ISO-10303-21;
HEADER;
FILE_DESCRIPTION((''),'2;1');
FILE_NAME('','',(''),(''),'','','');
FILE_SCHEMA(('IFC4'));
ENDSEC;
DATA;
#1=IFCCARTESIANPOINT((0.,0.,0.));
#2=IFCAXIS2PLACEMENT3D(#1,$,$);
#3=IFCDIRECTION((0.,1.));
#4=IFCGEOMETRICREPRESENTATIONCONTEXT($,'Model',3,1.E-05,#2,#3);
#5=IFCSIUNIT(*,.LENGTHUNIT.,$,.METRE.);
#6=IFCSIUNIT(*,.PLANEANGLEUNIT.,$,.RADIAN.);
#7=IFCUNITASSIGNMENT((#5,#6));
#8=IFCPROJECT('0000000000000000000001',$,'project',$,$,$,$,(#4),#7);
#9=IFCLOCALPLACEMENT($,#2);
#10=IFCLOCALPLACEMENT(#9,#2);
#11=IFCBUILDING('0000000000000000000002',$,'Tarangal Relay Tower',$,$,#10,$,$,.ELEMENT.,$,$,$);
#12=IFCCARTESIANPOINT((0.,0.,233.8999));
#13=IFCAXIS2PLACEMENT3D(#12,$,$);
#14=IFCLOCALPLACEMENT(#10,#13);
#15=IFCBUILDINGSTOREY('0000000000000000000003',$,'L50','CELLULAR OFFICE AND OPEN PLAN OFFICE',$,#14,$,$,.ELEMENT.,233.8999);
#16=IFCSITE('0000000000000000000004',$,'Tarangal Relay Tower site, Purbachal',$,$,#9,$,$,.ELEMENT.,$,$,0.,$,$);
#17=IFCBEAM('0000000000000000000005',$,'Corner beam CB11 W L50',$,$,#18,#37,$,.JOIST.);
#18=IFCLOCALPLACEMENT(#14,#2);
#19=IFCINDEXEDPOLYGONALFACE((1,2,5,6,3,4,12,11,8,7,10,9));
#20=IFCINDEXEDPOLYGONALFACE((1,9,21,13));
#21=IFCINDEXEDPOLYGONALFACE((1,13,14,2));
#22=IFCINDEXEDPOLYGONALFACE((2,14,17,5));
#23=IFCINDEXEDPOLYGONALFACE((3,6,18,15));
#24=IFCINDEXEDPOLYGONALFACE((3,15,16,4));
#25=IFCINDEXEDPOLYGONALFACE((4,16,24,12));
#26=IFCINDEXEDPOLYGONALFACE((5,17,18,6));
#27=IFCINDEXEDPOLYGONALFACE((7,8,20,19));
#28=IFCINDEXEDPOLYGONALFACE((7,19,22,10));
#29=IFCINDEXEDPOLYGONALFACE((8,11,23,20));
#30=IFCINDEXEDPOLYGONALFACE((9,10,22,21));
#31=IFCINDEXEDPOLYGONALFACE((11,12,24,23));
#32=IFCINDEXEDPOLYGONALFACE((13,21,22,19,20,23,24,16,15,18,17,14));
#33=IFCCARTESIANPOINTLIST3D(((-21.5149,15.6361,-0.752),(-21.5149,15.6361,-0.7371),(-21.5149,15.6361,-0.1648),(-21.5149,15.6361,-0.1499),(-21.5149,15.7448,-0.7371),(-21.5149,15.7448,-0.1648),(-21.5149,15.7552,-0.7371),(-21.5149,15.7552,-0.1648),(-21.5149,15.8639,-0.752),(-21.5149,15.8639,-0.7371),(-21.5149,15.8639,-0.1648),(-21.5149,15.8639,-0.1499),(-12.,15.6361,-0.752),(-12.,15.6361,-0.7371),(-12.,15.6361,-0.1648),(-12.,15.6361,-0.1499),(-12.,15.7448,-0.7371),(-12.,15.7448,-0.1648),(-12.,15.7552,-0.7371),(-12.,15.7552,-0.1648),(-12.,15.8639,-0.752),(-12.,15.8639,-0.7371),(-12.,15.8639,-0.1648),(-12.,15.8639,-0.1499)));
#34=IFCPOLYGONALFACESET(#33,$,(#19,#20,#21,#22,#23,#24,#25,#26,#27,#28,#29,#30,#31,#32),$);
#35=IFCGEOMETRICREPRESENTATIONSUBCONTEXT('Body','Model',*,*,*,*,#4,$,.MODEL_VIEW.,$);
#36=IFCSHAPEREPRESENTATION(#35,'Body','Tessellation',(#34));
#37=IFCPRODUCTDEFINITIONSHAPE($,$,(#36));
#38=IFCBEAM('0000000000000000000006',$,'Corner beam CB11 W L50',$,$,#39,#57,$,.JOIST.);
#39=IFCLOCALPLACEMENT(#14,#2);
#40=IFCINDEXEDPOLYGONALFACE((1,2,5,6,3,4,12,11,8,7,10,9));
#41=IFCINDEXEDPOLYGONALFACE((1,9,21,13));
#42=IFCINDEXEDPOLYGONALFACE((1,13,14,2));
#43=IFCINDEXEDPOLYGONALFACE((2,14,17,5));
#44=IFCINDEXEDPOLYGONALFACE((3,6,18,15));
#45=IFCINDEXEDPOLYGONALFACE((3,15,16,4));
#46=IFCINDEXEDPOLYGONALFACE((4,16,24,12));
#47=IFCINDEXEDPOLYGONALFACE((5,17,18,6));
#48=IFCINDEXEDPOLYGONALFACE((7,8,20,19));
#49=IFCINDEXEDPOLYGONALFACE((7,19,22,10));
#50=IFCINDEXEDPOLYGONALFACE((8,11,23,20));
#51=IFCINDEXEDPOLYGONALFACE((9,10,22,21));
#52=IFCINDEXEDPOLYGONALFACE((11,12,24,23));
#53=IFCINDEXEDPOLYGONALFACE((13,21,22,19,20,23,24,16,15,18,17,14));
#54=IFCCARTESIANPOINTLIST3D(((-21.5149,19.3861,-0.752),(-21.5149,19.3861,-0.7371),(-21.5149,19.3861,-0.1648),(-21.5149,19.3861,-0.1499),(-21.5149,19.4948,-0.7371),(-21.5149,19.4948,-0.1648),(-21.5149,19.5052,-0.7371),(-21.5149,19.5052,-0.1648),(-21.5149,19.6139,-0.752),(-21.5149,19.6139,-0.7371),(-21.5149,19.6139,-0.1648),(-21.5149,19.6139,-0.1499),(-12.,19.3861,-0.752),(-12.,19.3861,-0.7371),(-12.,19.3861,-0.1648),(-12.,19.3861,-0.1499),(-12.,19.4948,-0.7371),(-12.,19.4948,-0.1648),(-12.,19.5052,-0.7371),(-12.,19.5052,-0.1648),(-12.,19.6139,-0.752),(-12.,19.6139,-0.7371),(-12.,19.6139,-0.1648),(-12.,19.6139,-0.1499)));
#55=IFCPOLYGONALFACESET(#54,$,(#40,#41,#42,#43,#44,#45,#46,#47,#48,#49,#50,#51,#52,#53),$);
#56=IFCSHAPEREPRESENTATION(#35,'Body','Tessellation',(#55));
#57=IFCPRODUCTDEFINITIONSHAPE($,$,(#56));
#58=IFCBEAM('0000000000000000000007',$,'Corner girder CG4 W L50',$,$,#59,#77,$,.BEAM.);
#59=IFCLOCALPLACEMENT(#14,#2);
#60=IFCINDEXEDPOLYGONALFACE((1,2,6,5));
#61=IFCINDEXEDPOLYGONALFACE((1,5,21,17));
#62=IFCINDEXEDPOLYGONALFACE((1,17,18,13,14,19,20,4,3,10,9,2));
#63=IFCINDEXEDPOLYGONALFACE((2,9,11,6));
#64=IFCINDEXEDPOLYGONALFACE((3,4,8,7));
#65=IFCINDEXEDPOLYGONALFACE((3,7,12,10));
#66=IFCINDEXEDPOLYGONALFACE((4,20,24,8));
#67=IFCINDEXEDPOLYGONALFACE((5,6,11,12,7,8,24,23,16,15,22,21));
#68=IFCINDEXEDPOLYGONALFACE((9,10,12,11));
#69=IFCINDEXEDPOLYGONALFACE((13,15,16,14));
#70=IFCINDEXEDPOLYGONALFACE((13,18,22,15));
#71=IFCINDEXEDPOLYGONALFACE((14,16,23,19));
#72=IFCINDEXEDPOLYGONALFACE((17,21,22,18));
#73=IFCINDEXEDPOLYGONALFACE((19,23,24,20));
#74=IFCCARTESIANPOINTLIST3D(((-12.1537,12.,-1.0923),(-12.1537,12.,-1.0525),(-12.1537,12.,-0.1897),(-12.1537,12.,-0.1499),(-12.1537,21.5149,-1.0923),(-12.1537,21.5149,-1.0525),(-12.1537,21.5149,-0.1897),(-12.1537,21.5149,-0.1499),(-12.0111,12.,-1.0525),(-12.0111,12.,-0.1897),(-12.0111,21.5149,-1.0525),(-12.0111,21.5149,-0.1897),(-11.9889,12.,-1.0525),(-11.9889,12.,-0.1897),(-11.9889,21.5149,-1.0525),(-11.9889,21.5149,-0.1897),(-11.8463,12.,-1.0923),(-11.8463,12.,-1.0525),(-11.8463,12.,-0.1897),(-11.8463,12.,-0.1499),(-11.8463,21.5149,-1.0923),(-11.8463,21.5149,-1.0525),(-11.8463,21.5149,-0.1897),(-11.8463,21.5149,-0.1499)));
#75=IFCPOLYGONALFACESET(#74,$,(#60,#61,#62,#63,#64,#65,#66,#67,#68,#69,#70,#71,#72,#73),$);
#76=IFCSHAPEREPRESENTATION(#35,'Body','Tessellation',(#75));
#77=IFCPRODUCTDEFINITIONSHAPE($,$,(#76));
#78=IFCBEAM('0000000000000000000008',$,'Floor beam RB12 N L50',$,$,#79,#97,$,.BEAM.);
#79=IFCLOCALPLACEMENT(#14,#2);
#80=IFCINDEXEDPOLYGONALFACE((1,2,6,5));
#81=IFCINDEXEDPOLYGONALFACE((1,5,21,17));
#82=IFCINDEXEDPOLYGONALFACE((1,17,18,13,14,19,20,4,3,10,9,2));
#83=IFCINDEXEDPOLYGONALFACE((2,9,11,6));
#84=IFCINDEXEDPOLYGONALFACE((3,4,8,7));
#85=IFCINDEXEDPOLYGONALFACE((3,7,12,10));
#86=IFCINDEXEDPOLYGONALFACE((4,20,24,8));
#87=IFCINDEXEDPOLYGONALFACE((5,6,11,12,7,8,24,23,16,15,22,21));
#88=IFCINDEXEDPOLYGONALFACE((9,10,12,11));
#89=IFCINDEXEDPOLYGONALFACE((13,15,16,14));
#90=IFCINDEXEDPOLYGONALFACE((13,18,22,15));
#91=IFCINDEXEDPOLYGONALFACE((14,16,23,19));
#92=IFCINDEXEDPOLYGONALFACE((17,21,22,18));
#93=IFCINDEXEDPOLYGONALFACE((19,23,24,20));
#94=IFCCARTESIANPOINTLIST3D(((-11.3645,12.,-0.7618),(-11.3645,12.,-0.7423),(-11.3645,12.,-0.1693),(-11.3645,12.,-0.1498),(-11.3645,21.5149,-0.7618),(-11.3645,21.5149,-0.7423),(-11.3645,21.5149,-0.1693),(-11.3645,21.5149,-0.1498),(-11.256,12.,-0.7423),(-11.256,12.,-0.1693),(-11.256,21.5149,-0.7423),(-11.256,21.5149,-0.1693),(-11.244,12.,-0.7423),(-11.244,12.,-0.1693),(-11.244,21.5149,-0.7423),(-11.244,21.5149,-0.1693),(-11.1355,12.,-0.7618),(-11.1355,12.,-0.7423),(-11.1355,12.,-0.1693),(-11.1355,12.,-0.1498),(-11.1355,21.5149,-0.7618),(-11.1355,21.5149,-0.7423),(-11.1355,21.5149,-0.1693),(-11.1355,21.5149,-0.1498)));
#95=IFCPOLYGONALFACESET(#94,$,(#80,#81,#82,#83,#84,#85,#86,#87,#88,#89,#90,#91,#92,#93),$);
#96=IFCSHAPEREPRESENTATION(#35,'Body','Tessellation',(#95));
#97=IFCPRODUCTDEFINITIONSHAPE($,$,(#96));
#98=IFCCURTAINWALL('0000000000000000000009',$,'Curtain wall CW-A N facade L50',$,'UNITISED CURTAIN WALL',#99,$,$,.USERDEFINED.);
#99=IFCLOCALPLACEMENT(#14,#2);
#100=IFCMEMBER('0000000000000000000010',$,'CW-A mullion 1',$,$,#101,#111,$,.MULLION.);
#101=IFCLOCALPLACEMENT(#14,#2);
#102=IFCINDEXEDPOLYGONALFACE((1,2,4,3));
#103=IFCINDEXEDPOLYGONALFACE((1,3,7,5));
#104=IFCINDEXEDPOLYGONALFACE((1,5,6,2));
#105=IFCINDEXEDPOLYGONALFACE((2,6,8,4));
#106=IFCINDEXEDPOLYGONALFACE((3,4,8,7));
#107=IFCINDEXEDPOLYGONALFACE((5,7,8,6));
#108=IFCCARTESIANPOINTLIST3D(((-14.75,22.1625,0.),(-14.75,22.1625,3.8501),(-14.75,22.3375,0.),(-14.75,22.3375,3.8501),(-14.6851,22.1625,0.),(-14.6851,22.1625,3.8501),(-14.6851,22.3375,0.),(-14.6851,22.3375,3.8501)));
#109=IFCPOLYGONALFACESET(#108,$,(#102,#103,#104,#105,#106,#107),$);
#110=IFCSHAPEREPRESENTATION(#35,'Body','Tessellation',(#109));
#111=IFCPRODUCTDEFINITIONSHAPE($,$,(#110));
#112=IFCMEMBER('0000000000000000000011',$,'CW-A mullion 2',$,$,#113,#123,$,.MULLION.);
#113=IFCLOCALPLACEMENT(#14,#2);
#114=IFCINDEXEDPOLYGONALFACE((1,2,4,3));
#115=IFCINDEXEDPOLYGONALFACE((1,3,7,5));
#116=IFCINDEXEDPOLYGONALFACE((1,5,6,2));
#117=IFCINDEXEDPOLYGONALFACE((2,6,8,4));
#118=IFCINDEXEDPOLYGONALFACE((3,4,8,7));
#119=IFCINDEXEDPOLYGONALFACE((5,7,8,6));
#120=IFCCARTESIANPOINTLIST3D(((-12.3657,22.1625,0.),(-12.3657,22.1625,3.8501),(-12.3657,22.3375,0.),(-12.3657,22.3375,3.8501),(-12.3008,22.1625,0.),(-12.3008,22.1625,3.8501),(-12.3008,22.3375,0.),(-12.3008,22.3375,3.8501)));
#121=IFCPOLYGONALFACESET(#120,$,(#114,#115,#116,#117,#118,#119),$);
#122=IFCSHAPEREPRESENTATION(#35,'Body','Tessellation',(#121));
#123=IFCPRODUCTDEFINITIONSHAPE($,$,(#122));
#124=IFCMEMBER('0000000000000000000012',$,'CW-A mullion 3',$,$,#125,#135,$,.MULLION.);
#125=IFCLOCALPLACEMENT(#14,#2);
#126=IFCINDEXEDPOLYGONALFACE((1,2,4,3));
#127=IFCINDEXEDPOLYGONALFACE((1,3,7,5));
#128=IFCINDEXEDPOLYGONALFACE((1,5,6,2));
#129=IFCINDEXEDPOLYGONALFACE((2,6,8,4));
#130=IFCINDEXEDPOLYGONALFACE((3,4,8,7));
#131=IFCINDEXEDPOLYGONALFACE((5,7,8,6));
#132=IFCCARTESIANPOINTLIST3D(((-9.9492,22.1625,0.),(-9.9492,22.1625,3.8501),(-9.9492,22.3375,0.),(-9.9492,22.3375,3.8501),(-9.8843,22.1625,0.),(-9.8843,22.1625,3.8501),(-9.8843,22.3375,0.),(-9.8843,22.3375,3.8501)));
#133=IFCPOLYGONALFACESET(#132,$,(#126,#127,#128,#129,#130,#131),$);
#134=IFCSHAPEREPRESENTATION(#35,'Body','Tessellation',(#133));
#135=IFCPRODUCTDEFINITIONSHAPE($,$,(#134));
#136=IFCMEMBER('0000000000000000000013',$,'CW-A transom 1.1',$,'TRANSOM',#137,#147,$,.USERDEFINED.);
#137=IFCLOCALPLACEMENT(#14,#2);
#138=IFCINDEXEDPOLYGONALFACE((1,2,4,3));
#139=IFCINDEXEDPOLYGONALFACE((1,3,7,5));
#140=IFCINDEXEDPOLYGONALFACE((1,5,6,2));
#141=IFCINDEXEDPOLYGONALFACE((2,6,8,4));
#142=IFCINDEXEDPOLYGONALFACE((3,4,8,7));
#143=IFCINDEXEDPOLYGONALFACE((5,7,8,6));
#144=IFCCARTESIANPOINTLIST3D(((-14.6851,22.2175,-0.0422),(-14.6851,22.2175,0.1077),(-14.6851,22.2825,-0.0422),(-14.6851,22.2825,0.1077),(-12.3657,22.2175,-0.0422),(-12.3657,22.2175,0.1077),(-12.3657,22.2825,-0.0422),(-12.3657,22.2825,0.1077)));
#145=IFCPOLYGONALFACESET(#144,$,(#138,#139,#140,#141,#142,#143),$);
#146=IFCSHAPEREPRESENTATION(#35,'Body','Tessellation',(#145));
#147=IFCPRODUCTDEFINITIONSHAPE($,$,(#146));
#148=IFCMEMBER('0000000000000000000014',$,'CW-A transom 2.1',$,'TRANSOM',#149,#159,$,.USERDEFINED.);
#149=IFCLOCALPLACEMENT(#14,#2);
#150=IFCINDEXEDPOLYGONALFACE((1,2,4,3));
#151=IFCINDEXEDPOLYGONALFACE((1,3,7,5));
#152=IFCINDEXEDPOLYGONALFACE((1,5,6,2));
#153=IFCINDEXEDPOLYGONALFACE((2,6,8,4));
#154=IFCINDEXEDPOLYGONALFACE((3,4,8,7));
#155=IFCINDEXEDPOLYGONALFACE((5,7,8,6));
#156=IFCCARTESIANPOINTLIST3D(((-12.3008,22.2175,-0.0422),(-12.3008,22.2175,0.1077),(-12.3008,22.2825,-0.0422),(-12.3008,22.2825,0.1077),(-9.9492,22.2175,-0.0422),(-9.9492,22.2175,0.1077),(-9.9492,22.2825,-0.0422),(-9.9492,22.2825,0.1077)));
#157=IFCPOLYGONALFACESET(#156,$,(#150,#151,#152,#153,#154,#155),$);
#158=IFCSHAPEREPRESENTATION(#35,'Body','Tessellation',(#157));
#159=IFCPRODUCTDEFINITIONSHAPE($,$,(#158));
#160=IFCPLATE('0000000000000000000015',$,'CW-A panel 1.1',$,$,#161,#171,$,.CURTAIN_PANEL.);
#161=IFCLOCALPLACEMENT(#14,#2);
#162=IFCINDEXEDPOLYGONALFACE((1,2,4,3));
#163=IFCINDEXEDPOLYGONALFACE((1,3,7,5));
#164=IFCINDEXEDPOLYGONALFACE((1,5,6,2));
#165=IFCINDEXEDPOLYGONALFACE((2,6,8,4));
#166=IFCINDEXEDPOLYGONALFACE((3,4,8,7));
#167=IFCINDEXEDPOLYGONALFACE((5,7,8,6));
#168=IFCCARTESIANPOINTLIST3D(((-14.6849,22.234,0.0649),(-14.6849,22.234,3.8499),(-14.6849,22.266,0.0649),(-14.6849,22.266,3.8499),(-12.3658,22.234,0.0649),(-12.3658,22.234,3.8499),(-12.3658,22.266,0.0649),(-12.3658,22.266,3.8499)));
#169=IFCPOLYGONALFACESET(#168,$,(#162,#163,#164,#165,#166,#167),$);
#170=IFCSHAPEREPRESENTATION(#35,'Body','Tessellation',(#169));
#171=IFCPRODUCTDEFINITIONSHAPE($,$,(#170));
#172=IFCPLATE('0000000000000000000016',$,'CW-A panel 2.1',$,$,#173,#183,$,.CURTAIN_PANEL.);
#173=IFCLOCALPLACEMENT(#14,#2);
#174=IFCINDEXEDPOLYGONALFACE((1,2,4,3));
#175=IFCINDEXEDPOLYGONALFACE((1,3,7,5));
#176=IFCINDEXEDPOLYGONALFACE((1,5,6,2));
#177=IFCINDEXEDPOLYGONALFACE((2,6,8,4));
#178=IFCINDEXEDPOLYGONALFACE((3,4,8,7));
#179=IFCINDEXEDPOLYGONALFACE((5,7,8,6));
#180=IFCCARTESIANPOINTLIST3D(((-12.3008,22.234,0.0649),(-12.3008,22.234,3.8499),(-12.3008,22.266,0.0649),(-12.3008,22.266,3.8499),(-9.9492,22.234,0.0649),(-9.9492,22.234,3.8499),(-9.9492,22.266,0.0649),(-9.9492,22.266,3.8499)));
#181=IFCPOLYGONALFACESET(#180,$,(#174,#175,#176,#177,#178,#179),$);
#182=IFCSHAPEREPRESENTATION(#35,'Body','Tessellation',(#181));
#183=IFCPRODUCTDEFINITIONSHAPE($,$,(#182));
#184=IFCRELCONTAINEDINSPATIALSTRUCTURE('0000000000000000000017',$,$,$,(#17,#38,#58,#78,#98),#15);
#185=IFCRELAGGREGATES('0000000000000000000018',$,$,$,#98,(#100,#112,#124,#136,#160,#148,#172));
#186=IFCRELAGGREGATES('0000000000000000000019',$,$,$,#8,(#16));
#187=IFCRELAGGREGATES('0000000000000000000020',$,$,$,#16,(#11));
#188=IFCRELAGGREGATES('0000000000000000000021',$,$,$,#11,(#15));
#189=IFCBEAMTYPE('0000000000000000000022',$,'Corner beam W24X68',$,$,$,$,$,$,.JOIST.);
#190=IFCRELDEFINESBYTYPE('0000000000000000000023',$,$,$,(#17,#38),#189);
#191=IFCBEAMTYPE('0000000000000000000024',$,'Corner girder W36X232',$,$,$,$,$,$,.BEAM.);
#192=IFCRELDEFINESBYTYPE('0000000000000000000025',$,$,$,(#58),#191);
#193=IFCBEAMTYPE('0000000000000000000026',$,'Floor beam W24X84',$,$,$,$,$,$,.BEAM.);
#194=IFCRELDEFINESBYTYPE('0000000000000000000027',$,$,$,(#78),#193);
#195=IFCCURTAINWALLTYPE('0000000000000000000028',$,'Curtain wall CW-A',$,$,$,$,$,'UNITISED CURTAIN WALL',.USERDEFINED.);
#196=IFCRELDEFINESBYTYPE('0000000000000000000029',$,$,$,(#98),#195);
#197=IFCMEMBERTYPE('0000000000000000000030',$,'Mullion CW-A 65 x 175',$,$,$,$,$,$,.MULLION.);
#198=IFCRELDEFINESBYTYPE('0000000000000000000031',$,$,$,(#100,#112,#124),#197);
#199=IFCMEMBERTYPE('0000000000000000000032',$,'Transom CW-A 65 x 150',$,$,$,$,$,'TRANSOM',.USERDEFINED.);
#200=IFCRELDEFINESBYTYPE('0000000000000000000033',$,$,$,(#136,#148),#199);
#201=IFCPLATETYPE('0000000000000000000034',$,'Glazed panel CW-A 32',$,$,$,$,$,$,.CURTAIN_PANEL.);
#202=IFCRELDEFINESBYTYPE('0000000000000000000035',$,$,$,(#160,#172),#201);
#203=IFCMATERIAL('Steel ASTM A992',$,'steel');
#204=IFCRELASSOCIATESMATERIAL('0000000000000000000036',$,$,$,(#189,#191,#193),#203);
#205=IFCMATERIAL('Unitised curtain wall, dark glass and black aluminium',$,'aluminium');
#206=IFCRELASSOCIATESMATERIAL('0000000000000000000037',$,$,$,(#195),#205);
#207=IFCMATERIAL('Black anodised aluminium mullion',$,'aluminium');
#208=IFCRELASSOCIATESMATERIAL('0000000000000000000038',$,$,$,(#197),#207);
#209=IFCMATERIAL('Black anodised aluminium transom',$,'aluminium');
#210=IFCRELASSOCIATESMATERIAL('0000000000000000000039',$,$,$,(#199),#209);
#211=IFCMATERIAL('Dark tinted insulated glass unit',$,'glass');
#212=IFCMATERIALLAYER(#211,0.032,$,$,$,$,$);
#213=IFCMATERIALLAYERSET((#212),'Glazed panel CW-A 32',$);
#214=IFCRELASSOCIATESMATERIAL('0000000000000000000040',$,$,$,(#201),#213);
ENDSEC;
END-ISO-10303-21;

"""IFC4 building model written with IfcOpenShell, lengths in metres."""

from ifc_helpers import new_model, si_unit, direction, frame, origin, origin_2d, place, context, subcontext, project, spatial, rectangle, i_section, extrude, material, layer, layer_set, material_profile, profile_set, type_object, element, aggregate, save


model = new_model("IFC4")

# Units and contexts
model_context = context("Model", 3, precision=1e-05, world=origin(), true_north=direction((0.0, 1.0)))
body_context = subcontext(model_context, "Body", "Model", "MODEL_VIEW")
ifc_project = project(units=[si_unit("LENGTHUNIT", "METRE"), si_unit("PLANEANGLEUNIT", "RADIAN")], contexts=[model_context])

# Site, building, storey
site_placement = place(None, origin())
site = spatial("IfcSite", under=ifc_project, at=site_placement, Name="Tarangal Relay Tower site, Purbachal", CompositionType="ELEMENT", RefElevation=0.0)
building_placement = place(site_placement, origin())
building = spatial("IfcBuilding", under=site, at=building_placement, Name="Tarangal Relay Tower", CompositionType="ELEMENT")
storey_placement = place(building_placement, frame((0.0, 0.0, 233.8999)))
storey = spatial("IfcBuildingStorey", under=building, at=storey_placement, Name="L50", Description="CELLULAR OFFICE AND OPEN PLAN OFFICE", CompositionType="ELEMENT", Elevation=233.8999)

# Beams
ifc_material_1 = material(Name="Steel ASTM A992", Category="steel")
ifc_material_profile_1 = material_profile(ifc_material_1, i_section(OverallWidth=0.2278, OverallDepth=0.6021, WebThickness=0.0105, FlangeThickness=0.0149, at=origin_2d()), Name="W24X68")
ifc_profile_set_1 = profile_set([ifc_material_profile_1], Name="Steel ASTM A992")
beam_type_1 = type_object("IfcBeamType", Name="Corner beam W24X68", PredefinedType="JOIST", material=ifc_profile_set_1)
for number, where, z_axis, x_axis, name in (
    (1, (-12.0, 15.75, -0.4509), (-1.0, 0.0, 0.0), (0.0, -1.0, 0.0), "Corner beam CB11 W L50"),
    (2, (-12.0, 19.5, -0.4509), (-1.0, 0.0, 0.0), (0.0, -1.0, 0.0), "Corner beam CB11 W L50"),
):
    element("IfcBeam", number, at=place(storey_placement, frame(where, z_axis=z_axis, x_axis=x_axis)), inside=storey, type_object=beam_type_1, Name=name, PredefinedType="JOIST", context=body_context, shape_type="SweptSolid", body=[
        extrude(i_section(OverallWidth=0.2278, OverallDepth=0.6021, WebThickness=0.0105, FlangeThickness=0.0149, at=origin_2d()), origin(), (0.0, 0.0, 1.0), 9.5149),
    ])
ifc_material_profile_2 = material_profile(ifc_material_1, i_section(OverallWidth=0.3074, OverallDepth=0.9424, WebThickness=0.0222, FlangeThickness=0.0398, at=origin_2d()), Name="W36X232")
ifc_profile_set_2 = profile_set([ifc_material_profile_2], Name="Steel ASTM A992")
beam_type_2 = type_object("IfcBeamType", Name="Corner girder W36X232", PredefinedType="BEAM", material=ifc_profile_set_2)
beam_1_placement = place(storey_placement, frame((-12.0, 12.0, -0.6211), z_axis=(0.0, 1.0, 0.0), x_axis=(-1.0, 0.0, 0.0)))
element("IfcBeam", 3, at=beam_1_placement, inside=storey, type_object=beam_type_2, Name="Corner girder CG4 W L50", PredefinedType="BEAM", context=body_context, shape_type="SweptSolid", body=[
    extrude(i_section(OverallWidth=0.3074, OverallDepth=0.9424, WebThickness=0.0222, FlangeThickness=0.0398, at=origin_2d()), origin(), (0.0, 0.0, 1.0), 9.5149),
])
ifc_material_profile_3 = material_profile(ifc_material_1, i_section(OverallWidth=0.229, OverallDepth=0.6121, WebThickness=0.012, FlangeThickness=0.0195, at=origin_2d()), Name="W24X84")
ifc_profile_set_3 = profile_set([ifc_material_profile_3], Name="Steel ASTM A992")
beam_type_3 = type_object("IfcBeamType", Name="Floor beam W24X84", PredefinedType="BEAM", material=ifc_profile_set_3)
beam_2_placement = place(storey_placement, frame((-11.25, 12.0, -0.4558), z_axis=(0.0, 1.0, 0.0), x_axis=(-1.0, 0.0, 0.0)))
element("IfcBeam", 4, at=beam_2_placement, inside=storey, type_object=beam_type_3, Name="Floor beam RB12 N L50", PredefinedType="BEAM", context=body_context, shape_type="SweptSolid", body=[
    extrude(i_section(OverallWidth=0.229, OverallDepth=0.6121, WebThickness=0.012, FlangeThickness=0.0195, at=origin_2d()), origin(), (0.0, 0.0, 1.0), 9.5149),
])

# Curtain wall, members, plates
ifc_material_2 = material(Name="Unitised curtain wall, dark glass and black aluminium", Category="aluminium")
curtain_wall_type = type_object("IfcCurtainWallType", Name="Curtain wall CW-A", ElementType="UNITISED CURTAIN WALL", PredefinedType="USERDEFINED", material=ifc_material_2)
curtain_wall_placement = place(storey_placement, origin())
curtain_wall = element("IfcCurtainWall", 5, at=curtain_wall_placement, inside=storey, type_object=curtain_wall_type, Name="Curtain wall CW-A N facade L50", ObjectType="UNITISED CURTAIN WALL", PredefinedType="USERDEFINED")
ifc_material_3 = material(Name="Black anodised aluminium mullion", Category="aluminium")
ifc_material_profile_4 = material_profile(ifc_material_3, rectangle(XDim=0.175, YDim=0.0649, at=origin_2d()), Name="CW-AM 65X175")
ifc_profile_set_4 = profile_set([ifc_material_profile_4], Name="Black anodised aluminium mullion")
member_type_1 = type_object("IfcMemberType", Name="Mullion CW-A 65 x 175", PredefinedType="MULLION", material=ifc_profile_set_4)
member_1_placement = place(storey_placement, frame((-14.7175, 22.25, 0.0), z_axis=(0.0, 0.0, 1.0), x_axis=(0.0, 1.0, 0.0)))
member_1 = element("IfcMember", 6, at=member_1_placement, type_object=member_type_1, Name="CW-A mullion 1", PredefinedType="MULLION", context=body_context, shape_type="SweptSolid", body=[
    extrude(rectangle(XDim=0.175, YDim=0.0649, at=origin_2d()), origin(), (0.0, 0.0, 1.0), 3.8501),
])
member_2_placement = place(storey_placement, frame((-12.3333, 22.25, 0.0), z_axis=(0.0, 0.0, 1.0), x_axis=(0.0, 1.0, 0.0)))
member_2 = element("IfcMember", 7, at=member_2_placement, type_object=member_type_1, Name="CW-A mullion 2", PredefinedType="MULLION", context=body_context, shape_type="SweptSolid", body=[
    extrude(rectangle(XDim=0.175, YDim=0.0649, at=origin_2d()), origin(), (0.0, 0.0, 1.0), 3.8501),
])
member_3_placement = place(storey_placement, frame((-9.9167, 22.25, 0.0), z_axis=(0.0, 0.0, 1.0), x_axis=(0.0, 1.0, 0.0)))
member_3 = element("IfcMember", 8, at=member_3_placement, type_object=member_type_1, Name="CW-A mullion 3", PredefinedType="MULLION", context=body_context, shape_type="SweptSolid", body=[
    extrude(rectangle(XDim=0.175, YDim=0.0649, at=origin_2d()), origin(), (0.0, 0.0, 1.0), 3.8501),
])
ifc_material_4 = material(Name="Black anodised aluminium transom", Category="aluminium")
ifc_material_profile_5 = material_profile(ifc_material_4, rectangle(XDim=0.0649, YDim=0.1499, at=origin_2d()), Name="CW-AT 65X150")
ifc_profile_set_5 = profile_set([ifc_material_profile_5], Name="Black anodised aluminium transom")
member_type_2 = type_object("IfcMemberType", Name="Transom CW-A 65 x 150", ElementType="TRANSOM", PredefinedType="USERDEFINED", material=ifc_profile_set_5)
member_4_placement = place(storey_placement, frame((-14.6851, 22.25, 0.0327), z_axis=(1.0, 0.0, 0.0), x_axis=(0.0, 1.0, 0.0)))
member_4 = element("IfcMember", 9, at=member_4_placement, type_object=member_type_2, Name="CW-A transom 1.1", ObjectType="TRANSOM", PredefinedType="USERDEFINED", context=body_context, shape_type="SweptSolid", body=[
    extrude(rectangle(XDim=0.0649, YDim=0.1499, at=origin_2d()), origin(), (0.0, 0.0, 1.0), 2.3193),
])
member_5_placement = place(storey_placement, frame((-12.3008, 22.25, 0.0327), z_axis=(1.0, 0.0, 0.0), x_axis=(0.0, 1.0, 0.0)))
member_5 = element("IfcMember", 10, at=member_5_placement, type_object=member_type_2, Name="CW-A transom 2.1", ObjectType="TRANSOM", PredefinedType="USERDEFINED", context=body_context, shape_type="SweptSolid", body=[
    extrude(rectangle(XDim=0.0649, YDim=0.1499, at=origin_2d()), origin(), (0.0, 0.0, 1.0), 2.3516),
])
ifc_material_5 = material(Name="Dark tinted insulated glass unit", Category="glass")
ifc_layer_1 = layer(ifc_material_5, 0.032)
ifc_layer_set_1 = layer_set([ifc_layer_1], Name="Glazed panel CW-A 32")
plate_type = type_object("IfcPlateType", Name="Glazed panel CW-A 32", PredefinedType="CURTAIN_PANEL", material=ifc_layer_set_1)
plate_1_placement = place(storey_placement, frame((-13.5254, 22.25, 0.0649), z_axis=(0.0, 0.0, 1.0), x_axis=(1.0, 0.0, 0.0)))
plate_1 = element("IfcPlate", 11, at=plate_1_placement, type_object=plate_type, Name="CW-A panel 1.1", PredefinedType="CURTAIN_PANEL", context=body_context, shape_type="SweptSolid", body=[
    extrude(rectangle(XDim=2.3191, YDim=0.032, at=origin_2d()), origin(), (0.0, 0.0, 1.0), 3.7849),
])
plate_2_placement = place(storey_placement, frame((-11.125, 22.25, 0.0649), z_axis=(0.0, 0.0, 1.0), x_axis=(1.0, 0.0, 0.0)))
plate_2 = element("IfcPlate", 12, at=plate_2_placement, type_object=plate_type, Name="CW-A panel 2.1", PredefinedType="CURTAIN_PANEL", context=body_context, shape_type="SweptSolid", body=[
    extrude(rectangle(XDim=2.3516, YDim=0.032, at=origin_2d()), origin(), (0.0, 0.0, 1.0), 3.7849),
])
aggregate(curtain_wall, [member_1, member_2, member_3, member_4, plate_1, member_5, plate_2])

save(model, "model.ifc")
